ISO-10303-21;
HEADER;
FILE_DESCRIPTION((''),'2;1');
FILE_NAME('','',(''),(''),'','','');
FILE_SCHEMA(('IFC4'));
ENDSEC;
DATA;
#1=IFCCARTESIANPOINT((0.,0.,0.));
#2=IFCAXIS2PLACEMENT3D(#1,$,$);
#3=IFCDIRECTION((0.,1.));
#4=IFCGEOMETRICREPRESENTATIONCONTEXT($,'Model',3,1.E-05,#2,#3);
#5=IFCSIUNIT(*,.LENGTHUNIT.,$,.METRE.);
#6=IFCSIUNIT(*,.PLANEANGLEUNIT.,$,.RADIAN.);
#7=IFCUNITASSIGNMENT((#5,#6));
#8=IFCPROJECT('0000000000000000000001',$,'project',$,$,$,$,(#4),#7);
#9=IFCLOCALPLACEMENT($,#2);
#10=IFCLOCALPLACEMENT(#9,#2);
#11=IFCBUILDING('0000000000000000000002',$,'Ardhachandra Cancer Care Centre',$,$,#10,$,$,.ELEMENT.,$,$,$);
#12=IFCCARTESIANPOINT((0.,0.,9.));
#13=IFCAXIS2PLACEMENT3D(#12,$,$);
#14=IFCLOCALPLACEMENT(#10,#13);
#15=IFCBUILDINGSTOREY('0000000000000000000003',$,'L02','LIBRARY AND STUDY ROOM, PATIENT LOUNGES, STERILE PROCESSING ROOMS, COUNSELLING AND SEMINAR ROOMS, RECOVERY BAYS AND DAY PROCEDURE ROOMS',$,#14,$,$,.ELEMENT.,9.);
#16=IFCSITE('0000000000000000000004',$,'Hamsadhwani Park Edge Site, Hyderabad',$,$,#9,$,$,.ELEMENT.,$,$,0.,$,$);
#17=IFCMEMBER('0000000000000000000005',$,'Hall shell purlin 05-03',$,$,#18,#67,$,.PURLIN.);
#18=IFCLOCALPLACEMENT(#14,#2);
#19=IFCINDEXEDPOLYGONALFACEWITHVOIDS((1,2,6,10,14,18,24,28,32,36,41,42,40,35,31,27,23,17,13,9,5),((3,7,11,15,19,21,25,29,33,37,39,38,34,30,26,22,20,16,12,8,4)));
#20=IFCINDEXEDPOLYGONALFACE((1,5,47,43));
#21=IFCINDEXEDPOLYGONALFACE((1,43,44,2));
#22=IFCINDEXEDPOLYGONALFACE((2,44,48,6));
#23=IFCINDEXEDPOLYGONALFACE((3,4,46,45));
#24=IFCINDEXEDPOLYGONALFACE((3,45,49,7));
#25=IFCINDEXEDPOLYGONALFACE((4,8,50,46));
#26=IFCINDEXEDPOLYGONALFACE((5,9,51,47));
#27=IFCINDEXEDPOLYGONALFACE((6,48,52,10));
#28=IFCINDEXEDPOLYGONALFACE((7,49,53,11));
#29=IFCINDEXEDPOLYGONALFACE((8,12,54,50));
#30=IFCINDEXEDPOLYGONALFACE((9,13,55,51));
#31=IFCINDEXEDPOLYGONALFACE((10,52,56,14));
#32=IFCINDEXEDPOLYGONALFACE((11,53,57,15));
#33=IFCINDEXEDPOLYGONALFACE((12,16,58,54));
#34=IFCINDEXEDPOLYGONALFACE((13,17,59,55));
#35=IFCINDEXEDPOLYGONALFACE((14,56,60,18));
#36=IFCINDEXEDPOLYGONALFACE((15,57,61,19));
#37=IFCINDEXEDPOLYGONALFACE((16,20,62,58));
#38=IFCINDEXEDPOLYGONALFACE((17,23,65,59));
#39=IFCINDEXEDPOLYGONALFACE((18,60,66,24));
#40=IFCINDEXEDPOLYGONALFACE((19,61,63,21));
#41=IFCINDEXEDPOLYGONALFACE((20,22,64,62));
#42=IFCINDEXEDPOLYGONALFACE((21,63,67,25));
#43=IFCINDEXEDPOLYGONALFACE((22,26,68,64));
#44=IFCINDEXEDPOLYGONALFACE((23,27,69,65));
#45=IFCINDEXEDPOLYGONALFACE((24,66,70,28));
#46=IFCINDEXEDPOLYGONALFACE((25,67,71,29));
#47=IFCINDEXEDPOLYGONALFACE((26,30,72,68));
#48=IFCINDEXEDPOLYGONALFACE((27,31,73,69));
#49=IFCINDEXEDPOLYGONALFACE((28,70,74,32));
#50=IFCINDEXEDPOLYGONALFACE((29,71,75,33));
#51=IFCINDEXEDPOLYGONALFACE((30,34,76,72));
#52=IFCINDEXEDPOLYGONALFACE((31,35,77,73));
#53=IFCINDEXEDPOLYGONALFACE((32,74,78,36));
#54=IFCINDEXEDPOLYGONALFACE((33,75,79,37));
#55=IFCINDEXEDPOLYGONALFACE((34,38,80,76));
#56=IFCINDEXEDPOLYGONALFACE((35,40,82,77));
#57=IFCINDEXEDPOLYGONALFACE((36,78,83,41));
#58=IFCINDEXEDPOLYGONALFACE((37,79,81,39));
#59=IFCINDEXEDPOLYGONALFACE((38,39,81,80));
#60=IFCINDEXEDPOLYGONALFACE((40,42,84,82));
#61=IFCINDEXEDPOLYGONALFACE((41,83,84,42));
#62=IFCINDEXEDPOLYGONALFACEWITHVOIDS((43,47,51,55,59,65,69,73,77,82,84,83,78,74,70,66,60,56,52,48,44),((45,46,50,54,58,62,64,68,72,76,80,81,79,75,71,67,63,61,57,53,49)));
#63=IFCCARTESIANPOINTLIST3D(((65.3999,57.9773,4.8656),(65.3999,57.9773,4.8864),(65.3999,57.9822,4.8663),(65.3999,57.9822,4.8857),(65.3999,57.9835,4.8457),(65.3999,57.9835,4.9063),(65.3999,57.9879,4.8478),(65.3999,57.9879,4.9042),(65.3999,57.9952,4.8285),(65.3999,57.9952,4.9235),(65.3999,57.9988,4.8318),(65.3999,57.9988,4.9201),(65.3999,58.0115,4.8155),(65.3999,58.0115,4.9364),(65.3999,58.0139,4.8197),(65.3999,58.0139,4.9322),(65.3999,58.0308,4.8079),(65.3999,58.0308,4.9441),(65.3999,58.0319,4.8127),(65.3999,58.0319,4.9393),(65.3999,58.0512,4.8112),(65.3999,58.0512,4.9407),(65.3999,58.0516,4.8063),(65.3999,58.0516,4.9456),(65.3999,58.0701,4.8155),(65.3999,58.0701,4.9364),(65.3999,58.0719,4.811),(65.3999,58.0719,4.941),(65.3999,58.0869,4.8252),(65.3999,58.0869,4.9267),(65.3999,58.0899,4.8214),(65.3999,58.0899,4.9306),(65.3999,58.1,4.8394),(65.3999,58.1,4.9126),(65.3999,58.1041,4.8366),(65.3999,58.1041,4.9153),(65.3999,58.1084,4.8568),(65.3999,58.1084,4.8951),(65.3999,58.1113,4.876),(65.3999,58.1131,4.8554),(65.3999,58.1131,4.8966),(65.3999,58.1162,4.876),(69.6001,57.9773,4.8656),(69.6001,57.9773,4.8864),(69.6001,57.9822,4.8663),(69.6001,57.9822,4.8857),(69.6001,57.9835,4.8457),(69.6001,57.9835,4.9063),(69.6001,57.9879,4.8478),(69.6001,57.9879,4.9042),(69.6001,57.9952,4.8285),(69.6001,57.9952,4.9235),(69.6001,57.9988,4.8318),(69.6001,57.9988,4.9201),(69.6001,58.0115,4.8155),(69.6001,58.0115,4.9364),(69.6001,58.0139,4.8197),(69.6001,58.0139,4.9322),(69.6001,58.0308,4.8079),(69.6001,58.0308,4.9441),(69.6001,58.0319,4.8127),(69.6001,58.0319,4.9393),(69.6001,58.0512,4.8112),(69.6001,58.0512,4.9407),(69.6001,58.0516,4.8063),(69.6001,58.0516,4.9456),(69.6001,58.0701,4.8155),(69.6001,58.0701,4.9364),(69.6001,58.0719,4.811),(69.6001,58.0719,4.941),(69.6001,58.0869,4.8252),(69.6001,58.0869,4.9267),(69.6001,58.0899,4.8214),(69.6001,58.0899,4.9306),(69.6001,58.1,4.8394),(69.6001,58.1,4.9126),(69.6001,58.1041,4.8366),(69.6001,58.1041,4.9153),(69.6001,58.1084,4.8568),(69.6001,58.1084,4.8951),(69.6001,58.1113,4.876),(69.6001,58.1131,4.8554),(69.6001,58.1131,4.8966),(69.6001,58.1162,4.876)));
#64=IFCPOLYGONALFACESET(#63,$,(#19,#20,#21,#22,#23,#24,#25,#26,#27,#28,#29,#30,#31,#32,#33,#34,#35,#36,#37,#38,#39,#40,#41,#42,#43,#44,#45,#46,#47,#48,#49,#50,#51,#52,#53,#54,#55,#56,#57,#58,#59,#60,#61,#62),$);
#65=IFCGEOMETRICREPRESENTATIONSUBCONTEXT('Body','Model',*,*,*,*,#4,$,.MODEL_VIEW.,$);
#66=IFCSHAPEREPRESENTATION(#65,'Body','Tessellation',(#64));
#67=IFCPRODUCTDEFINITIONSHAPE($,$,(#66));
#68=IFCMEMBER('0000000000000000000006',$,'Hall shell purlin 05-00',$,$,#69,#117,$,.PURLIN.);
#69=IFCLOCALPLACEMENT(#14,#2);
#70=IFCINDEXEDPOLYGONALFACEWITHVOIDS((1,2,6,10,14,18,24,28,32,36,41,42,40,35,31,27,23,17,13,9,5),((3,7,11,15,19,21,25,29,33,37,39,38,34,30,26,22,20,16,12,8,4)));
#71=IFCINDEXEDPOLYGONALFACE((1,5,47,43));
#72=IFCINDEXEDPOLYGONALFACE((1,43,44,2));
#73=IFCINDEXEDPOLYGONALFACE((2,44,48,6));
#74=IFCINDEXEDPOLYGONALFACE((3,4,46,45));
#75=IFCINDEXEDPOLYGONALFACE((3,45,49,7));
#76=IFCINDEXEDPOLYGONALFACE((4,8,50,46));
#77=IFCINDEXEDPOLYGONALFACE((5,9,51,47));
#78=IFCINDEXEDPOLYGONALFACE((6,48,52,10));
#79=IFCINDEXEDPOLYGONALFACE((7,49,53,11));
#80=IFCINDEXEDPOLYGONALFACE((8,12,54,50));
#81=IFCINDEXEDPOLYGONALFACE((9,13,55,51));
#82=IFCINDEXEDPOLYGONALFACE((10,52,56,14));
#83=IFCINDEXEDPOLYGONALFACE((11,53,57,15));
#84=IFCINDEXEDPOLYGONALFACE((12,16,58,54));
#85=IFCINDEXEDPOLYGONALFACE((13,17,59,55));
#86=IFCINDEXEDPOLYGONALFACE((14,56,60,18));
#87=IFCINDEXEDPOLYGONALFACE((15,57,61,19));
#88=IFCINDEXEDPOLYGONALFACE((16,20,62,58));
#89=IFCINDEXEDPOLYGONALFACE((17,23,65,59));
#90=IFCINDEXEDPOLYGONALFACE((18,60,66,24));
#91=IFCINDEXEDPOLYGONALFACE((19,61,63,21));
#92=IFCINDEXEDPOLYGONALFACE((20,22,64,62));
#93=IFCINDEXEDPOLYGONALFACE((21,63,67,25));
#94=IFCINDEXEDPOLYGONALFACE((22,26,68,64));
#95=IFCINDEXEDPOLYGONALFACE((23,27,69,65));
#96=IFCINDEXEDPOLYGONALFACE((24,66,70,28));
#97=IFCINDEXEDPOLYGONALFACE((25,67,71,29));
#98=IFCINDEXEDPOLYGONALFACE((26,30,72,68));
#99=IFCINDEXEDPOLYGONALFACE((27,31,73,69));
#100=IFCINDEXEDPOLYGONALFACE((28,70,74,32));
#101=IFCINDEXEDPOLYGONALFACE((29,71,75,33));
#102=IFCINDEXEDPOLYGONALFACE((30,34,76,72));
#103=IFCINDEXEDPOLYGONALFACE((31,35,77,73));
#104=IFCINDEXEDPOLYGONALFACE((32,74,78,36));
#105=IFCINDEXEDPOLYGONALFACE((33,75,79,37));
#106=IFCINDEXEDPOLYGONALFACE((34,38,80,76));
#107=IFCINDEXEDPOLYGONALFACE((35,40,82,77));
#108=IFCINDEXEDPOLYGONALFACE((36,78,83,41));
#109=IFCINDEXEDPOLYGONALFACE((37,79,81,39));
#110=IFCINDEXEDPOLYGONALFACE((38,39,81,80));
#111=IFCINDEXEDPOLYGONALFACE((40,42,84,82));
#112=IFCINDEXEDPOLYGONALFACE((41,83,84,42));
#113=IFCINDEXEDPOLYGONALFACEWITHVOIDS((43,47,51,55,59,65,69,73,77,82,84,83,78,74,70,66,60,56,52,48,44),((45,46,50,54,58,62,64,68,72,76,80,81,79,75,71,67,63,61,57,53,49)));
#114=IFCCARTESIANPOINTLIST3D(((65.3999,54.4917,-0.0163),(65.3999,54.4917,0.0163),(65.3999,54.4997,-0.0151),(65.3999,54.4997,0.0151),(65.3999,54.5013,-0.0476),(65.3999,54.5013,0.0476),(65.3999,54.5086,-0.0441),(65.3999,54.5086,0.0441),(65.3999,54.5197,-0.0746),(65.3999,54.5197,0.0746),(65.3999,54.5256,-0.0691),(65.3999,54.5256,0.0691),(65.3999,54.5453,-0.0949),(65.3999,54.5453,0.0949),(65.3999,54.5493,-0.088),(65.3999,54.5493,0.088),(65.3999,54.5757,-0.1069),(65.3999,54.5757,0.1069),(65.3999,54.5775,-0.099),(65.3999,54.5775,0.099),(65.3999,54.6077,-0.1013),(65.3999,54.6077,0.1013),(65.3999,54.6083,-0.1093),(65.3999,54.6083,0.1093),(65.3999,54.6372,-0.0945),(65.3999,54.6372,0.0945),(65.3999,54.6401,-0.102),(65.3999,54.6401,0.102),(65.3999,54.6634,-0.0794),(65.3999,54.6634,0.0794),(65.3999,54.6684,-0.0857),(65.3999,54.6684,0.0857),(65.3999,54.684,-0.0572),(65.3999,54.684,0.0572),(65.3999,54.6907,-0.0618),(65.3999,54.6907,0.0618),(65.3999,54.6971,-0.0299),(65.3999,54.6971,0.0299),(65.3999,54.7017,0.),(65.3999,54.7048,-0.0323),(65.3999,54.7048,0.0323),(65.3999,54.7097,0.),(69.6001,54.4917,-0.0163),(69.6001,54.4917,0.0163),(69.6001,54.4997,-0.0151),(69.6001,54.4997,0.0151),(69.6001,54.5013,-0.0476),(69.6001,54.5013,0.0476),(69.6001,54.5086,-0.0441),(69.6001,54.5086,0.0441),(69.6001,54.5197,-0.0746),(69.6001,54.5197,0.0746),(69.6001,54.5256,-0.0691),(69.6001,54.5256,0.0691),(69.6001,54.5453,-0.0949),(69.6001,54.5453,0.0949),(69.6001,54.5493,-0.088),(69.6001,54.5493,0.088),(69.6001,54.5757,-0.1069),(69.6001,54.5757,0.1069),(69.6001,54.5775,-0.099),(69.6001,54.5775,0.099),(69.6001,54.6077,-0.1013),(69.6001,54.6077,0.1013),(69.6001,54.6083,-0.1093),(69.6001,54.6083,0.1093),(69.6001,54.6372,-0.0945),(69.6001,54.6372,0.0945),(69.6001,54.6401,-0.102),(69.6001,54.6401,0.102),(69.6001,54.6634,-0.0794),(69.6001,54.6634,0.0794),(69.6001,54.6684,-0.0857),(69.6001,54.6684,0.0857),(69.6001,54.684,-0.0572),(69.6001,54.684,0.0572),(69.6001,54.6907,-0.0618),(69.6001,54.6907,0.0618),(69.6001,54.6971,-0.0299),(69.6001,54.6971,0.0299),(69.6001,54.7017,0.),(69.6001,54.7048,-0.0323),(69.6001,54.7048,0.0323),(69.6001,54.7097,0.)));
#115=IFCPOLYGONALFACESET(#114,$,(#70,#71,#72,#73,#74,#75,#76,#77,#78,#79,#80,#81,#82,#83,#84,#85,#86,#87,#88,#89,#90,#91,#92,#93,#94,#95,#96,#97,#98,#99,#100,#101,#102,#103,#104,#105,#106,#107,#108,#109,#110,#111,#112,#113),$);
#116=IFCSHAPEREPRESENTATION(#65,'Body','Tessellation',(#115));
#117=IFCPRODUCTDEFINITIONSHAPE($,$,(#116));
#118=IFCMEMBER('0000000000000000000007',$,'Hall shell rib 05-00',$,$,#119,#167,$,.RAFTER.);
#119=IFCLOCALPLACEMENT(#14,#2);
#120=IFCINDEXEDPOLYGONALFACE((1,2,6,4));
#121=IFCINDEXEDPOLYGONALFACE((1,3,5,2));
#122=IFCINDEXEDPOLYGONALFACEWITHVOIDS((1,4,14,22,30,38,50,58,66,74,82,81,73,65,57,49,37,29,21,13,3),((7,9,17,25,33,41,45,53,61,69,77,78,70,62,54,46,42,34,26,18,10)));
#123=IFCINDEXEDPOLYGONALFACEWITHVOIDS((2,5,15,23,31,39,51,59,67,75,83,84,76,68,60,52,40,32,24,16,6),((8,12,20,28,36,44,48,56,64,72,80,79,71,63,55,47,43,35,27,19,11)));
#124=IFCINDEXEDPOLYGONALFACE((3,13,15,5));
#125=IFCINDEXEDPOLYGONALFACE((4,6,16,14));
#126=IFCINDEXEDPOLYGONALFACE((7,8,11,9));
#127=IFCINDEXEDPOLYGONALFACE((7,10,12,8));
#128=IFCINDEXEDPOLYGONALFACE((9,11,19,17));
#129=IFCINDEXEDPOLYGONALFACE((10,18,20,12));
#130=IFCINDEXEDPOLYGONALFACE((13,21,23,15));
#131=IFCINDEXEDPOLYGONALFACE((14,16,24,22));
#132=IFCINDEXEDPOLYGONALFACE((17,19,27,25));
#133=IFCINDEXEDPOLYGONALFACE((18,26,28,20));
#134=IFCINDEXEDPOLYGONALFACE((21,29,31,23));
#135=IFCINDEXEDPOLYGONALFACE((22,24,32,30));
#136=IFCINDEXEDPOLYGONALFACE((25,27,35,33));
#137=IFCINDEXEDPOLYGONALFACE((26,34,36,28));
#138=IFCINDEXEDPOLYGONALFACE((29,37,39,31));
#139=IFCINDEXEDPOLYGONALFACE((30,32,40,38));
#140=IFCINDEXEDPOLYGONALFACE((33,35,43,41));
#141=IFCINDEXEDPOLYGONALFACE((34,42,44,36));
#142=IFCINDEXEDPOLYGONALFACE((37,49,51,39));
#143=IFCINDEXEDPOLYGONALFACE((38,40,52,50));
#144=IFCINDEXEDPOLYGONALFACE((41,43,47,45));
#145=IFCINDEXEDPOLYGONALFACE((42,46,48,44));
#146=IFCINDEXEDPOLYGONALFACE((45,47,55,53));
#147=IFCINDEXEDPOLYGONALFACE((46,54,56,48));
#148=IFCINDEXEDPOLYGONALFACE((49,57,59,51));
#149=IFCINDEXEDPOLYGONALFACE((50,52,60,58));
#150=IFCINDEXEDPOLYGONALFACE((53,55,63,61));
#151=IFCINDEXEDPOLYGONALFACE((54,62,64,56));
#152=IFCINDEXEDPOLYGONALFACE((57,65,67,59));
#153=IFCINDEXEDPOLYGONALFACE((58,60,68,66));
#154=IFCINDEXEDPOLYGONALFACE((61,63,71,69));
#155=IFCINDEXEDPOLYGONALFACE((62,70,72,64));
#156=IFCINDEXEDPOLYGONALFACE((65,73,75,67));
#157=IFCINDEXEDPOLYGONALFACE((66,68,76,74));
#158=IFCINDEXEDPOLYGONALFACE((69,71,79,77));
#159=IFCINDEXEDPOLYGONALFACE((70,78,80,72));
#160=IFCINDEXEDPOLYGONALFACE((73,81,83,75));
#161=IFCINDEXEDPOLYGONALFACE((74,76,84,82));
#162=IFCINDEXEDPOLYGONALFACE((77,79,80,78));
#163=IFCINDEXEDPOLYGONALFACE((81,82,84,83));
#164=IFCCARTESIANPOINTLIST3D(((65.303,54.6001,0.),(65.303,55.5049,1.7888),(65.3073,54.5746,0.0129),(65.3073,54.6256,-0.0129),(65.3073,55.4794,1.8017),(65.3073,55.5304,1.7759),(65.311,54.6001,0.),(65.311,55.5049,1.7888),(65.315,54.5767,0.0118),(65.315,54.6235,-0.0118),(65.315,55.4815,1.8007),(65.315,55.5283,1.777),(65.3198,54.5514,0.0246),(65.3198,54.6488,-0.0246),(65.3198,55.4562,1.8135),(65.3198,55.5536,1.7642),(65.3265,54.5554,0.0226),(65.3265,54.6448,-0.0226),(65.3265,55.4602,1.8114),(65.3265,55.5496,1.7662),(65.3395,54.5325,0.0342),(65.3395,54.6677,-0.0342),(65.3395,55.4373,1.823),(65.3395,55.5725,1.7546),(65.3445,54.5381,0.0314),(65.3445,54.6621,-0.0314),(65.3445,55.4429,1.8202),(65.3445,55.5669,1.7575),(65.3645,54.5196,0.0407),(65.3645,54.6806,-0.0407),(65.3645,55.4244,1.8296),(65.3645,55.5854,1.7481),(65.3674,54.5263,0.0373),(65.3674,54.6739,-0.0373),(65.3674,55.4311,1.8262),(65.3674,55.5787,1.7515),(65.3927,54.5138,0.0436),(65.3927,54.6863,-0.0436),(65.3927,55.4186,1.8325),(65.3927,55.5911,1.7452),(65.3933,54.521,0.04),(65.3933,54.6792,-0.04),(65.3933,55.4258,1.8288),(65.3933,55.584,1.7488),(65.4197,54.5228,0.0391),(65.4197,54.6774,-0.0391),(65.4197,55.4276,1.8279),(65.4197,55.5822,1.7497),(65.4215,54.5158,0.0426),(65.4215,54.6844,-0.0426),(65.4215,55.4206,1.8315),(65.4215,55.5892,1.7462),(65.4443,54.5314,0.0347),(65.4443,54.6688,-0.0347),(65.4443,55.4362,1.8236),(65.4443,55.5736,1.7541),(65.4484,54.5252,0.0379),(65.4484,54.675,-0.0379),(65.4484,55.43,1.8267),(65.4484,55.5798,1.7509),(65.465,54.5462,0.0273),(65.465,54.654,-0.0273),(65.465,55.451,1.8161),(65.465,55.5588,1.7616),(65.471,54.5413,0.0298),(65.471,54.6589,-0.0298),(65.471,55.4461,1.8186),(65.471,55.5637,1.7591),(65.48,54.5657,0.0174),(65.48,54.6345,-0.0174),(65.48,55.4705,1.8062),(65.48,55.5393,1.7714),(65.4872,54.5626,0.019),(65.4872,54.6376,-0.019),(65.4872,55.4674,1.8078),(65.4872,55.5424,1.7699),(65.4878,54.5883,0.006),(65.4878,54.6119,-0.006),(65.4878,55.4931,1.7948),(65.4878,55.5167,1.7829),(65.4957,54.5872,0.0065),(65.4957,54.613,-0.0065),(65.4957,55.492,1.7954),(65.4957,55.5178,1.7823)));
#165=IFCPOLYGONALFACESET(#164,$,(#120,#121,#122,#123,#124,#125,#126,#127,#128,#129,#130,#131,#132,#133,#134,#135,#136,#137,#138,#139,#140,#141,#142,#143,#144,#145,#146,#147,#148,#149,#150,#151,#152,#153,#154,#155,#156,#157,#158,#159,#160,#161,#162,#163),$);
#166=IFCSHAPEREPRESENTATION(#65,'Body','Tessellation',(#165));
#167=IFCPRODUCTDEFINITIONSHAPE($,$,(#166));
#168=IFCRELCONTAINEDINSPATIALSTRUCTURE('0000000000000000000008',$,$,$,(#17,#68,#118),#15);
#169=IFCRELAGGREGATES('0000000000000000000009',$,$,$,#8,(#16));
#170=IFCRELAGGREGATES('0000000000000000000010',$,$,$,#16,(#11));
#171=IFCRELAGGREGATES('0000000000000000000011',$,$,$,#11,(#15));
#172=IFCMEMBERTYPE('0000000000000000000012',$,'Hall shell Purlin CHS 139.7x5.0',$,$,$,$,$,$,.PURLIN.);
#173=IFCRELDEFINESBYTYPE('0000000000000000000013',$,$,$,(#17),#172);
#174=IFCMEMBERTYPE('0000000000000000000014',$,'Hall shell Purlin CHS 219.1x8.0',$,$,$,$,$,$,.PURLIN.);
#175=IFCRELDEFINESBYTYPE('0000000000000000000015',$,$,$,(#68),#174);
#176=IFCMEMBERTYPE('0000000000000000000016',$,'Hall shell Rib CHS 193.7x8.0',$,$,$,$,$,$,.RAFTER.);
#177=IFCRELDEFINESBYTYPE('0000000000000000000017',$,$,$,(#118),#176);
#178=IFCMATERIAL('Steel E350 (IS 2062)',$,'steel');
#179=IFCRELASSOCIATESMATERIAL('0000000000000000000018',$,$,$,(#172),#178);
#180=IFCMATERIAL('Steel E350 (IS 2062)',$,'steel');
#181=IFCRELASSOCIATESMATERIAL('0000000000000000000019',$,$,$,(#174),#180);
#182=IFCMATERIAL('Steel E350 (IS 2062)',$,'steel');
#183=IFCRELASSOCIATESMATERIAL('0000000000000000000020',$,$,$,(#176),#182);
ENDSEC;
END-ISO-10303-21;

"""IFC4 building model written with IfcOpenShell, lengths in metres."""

from ifc_helpers import new_model, si_unit, direction, frame, origin, origin_2d, place, context, subcontext, project, spatial, hollow_circle, extrude, material, material_profile, profile_set, type_object, element, save


model = new_model("IFC4")

# Units and contexts
model_context = context("Model", 3, precision=1e-05, world=origin(), true_north=direction((0.0, 1.0)))
body_context = subcontext(model_context, "Body", "Model", "MODEL_VIEW")
ifc_project = project(units=[si_unit("LENGTHUNIT", "METRE"), si_unit("PLANEANGLEUNIT", "RADIAN")], contexts=[model_context])

# Site, building, storey
site_placement = place(None, origin())
site = spatial("IfcSite", under=ifc_project, at=site_placement, Name="Hamsadhwani Park Edge Site, Hyderabad", CompositionType="ELEMENT", RefElevation=0.0)
building_placement = place(site_placement, origin())
building = spatial("IfcBuilding", under=site, at=building_placement, Name="Ardhachandra Cancer Care Centre", CompositionType="ELEMENT")
storey_placement = place(building_placement, frame((0.0, 0.0, 9.0)))
storey = spatial("IfcBuildingStorey", under=building, at=storey_placement, Name="L02", Description="LIBRARY AND STUDY ROOM, PATIENT LOUNGES, STERILE PROCESSING ROOMS, COUNSELLING AND SEMINAR ROOMS, RECOVERY BAYS AND DAY PROCEDURE ROOMS", CompositionType="ELEMENT", Elevation=9.0)

# Members
ifc_material_1 = material(Name="Steel E350 (IS 2062)", Category="steel")
ifc_material_profile_1 = material_profile(ifc_material_1, hollow_circle(Radius=0.0698, WallThickness=0.0049, at=origin_2d()), Name="CHS 139.7x5.0")
ifc_profile_set_1 = profile_set([ifc_material_profile_1], Name="Steel E350 (IS 2062)")
member_type_1 = type_object("IfcMemberType", Name="Hall shell Purlin CHS 139.7x5.0", PredefinedType="PURLIN", material=ifc_profile_set_1)
for number, where, z_axis, x_axis, name in (
    (1, (65.3999, 58.0464, 4.876), (1.0, 0.0, 0.0), (0.0, 1.0, 0.0), "Hall shell purlin 05-03"),
):
    element("IfcMember", number, at=place(storey_placement, frame(where, z_axis=z_axis, x_axis=x_axis)), inside=storey, type_object=member_type_1, Name=name, PredefinedType="PURLIN", context=body_context, shape_type="SweptSolid", body=[
        extrude(hollow_circle(Radius=0.0698, WallThickness=0.0049, at=origin_2d()), origin(), (0.0, 0.0, 1.0), 4.2002),
    ])
ifc_material_2 = material(Name="Steel E350 (IS 2062)", Category="steel")
ifc_material_profile_2 = material_profile(ifc_material_2, hollow_circle(Radius=0.1096, WallThickness=0.0081, at=origin_2d()), Name="CHS 219.1x8.0")
ifc_profile_set_2 = profile_set([ifc_material_profile_2], Name="Steel E350 (IS 2062)")
member_type_2 = type_object("IfcMemberType", Name="Hall shell Purlin CHS 219.1x8.0", PredefinedType="PURLIN", material=ifc_profile_set_2)
member_1_placement = place(storey_placement, frame((65.3999, 54.6001, 0.0), z_axis=(1.0, 0.0, 0.0), x_axis=(0.0, 1.0, 0.0)))
element("IfcMember", 2, at=member_1_placement, inside=storey, type_object=member_type_2, Name="Hall shell purlin 05-00", PredefinedType="PURLIN", context=body_context, shape_type="SweptSolid", body=[
    extrude(hollow_circle(Radius=0.1096, WallThickness=0.0081, at=origin_2d()), origin(), (0.0, 0.0, 1.0), 4.2002),
])
ifc_material_3 = material(Name="Steel E350 (IS 2062)", Category="steel")
ifc_material_profile_3 = material_profile(ifc_material_3, hollow_circle(Radius=0.0969, WallThickness=0.0081, at=origin_2d()), Name="CHS 193.7x8.0")
ifc_profile_set_3 = profile_set([ifc_material_profile_3], Name="Steel E350 (IS 2062)")
member_type_3 = type_object("IfcMemberType", Name="Hall shell Rib CHS 193.7x8.0", PredefinedType="RAFTER", material=ifc_profile_set_3)
member_2_placement = place(storey_placement, frame((65.3999, 54.6001, 0.0), z_axis=(0.0, 0.45135, 0.892347), x_axis=(-1.0, 0.0, 0.0)))
element("IfcMember", 3, at=member_2_placement, inside=storey, type_object=member_type_3, Name="Hall shell rib 05-00", PredefinedType="RAFTER", context=body_context, shape_type="SweptSolid", body=[
    extrude(hollow_circle(Radius=0.0969, WallThickness=0.0081, at=origin_2d()), origin(), (0.0, 0.0, 1.0), 2.0046),
])

save(model, "model.ifc")
